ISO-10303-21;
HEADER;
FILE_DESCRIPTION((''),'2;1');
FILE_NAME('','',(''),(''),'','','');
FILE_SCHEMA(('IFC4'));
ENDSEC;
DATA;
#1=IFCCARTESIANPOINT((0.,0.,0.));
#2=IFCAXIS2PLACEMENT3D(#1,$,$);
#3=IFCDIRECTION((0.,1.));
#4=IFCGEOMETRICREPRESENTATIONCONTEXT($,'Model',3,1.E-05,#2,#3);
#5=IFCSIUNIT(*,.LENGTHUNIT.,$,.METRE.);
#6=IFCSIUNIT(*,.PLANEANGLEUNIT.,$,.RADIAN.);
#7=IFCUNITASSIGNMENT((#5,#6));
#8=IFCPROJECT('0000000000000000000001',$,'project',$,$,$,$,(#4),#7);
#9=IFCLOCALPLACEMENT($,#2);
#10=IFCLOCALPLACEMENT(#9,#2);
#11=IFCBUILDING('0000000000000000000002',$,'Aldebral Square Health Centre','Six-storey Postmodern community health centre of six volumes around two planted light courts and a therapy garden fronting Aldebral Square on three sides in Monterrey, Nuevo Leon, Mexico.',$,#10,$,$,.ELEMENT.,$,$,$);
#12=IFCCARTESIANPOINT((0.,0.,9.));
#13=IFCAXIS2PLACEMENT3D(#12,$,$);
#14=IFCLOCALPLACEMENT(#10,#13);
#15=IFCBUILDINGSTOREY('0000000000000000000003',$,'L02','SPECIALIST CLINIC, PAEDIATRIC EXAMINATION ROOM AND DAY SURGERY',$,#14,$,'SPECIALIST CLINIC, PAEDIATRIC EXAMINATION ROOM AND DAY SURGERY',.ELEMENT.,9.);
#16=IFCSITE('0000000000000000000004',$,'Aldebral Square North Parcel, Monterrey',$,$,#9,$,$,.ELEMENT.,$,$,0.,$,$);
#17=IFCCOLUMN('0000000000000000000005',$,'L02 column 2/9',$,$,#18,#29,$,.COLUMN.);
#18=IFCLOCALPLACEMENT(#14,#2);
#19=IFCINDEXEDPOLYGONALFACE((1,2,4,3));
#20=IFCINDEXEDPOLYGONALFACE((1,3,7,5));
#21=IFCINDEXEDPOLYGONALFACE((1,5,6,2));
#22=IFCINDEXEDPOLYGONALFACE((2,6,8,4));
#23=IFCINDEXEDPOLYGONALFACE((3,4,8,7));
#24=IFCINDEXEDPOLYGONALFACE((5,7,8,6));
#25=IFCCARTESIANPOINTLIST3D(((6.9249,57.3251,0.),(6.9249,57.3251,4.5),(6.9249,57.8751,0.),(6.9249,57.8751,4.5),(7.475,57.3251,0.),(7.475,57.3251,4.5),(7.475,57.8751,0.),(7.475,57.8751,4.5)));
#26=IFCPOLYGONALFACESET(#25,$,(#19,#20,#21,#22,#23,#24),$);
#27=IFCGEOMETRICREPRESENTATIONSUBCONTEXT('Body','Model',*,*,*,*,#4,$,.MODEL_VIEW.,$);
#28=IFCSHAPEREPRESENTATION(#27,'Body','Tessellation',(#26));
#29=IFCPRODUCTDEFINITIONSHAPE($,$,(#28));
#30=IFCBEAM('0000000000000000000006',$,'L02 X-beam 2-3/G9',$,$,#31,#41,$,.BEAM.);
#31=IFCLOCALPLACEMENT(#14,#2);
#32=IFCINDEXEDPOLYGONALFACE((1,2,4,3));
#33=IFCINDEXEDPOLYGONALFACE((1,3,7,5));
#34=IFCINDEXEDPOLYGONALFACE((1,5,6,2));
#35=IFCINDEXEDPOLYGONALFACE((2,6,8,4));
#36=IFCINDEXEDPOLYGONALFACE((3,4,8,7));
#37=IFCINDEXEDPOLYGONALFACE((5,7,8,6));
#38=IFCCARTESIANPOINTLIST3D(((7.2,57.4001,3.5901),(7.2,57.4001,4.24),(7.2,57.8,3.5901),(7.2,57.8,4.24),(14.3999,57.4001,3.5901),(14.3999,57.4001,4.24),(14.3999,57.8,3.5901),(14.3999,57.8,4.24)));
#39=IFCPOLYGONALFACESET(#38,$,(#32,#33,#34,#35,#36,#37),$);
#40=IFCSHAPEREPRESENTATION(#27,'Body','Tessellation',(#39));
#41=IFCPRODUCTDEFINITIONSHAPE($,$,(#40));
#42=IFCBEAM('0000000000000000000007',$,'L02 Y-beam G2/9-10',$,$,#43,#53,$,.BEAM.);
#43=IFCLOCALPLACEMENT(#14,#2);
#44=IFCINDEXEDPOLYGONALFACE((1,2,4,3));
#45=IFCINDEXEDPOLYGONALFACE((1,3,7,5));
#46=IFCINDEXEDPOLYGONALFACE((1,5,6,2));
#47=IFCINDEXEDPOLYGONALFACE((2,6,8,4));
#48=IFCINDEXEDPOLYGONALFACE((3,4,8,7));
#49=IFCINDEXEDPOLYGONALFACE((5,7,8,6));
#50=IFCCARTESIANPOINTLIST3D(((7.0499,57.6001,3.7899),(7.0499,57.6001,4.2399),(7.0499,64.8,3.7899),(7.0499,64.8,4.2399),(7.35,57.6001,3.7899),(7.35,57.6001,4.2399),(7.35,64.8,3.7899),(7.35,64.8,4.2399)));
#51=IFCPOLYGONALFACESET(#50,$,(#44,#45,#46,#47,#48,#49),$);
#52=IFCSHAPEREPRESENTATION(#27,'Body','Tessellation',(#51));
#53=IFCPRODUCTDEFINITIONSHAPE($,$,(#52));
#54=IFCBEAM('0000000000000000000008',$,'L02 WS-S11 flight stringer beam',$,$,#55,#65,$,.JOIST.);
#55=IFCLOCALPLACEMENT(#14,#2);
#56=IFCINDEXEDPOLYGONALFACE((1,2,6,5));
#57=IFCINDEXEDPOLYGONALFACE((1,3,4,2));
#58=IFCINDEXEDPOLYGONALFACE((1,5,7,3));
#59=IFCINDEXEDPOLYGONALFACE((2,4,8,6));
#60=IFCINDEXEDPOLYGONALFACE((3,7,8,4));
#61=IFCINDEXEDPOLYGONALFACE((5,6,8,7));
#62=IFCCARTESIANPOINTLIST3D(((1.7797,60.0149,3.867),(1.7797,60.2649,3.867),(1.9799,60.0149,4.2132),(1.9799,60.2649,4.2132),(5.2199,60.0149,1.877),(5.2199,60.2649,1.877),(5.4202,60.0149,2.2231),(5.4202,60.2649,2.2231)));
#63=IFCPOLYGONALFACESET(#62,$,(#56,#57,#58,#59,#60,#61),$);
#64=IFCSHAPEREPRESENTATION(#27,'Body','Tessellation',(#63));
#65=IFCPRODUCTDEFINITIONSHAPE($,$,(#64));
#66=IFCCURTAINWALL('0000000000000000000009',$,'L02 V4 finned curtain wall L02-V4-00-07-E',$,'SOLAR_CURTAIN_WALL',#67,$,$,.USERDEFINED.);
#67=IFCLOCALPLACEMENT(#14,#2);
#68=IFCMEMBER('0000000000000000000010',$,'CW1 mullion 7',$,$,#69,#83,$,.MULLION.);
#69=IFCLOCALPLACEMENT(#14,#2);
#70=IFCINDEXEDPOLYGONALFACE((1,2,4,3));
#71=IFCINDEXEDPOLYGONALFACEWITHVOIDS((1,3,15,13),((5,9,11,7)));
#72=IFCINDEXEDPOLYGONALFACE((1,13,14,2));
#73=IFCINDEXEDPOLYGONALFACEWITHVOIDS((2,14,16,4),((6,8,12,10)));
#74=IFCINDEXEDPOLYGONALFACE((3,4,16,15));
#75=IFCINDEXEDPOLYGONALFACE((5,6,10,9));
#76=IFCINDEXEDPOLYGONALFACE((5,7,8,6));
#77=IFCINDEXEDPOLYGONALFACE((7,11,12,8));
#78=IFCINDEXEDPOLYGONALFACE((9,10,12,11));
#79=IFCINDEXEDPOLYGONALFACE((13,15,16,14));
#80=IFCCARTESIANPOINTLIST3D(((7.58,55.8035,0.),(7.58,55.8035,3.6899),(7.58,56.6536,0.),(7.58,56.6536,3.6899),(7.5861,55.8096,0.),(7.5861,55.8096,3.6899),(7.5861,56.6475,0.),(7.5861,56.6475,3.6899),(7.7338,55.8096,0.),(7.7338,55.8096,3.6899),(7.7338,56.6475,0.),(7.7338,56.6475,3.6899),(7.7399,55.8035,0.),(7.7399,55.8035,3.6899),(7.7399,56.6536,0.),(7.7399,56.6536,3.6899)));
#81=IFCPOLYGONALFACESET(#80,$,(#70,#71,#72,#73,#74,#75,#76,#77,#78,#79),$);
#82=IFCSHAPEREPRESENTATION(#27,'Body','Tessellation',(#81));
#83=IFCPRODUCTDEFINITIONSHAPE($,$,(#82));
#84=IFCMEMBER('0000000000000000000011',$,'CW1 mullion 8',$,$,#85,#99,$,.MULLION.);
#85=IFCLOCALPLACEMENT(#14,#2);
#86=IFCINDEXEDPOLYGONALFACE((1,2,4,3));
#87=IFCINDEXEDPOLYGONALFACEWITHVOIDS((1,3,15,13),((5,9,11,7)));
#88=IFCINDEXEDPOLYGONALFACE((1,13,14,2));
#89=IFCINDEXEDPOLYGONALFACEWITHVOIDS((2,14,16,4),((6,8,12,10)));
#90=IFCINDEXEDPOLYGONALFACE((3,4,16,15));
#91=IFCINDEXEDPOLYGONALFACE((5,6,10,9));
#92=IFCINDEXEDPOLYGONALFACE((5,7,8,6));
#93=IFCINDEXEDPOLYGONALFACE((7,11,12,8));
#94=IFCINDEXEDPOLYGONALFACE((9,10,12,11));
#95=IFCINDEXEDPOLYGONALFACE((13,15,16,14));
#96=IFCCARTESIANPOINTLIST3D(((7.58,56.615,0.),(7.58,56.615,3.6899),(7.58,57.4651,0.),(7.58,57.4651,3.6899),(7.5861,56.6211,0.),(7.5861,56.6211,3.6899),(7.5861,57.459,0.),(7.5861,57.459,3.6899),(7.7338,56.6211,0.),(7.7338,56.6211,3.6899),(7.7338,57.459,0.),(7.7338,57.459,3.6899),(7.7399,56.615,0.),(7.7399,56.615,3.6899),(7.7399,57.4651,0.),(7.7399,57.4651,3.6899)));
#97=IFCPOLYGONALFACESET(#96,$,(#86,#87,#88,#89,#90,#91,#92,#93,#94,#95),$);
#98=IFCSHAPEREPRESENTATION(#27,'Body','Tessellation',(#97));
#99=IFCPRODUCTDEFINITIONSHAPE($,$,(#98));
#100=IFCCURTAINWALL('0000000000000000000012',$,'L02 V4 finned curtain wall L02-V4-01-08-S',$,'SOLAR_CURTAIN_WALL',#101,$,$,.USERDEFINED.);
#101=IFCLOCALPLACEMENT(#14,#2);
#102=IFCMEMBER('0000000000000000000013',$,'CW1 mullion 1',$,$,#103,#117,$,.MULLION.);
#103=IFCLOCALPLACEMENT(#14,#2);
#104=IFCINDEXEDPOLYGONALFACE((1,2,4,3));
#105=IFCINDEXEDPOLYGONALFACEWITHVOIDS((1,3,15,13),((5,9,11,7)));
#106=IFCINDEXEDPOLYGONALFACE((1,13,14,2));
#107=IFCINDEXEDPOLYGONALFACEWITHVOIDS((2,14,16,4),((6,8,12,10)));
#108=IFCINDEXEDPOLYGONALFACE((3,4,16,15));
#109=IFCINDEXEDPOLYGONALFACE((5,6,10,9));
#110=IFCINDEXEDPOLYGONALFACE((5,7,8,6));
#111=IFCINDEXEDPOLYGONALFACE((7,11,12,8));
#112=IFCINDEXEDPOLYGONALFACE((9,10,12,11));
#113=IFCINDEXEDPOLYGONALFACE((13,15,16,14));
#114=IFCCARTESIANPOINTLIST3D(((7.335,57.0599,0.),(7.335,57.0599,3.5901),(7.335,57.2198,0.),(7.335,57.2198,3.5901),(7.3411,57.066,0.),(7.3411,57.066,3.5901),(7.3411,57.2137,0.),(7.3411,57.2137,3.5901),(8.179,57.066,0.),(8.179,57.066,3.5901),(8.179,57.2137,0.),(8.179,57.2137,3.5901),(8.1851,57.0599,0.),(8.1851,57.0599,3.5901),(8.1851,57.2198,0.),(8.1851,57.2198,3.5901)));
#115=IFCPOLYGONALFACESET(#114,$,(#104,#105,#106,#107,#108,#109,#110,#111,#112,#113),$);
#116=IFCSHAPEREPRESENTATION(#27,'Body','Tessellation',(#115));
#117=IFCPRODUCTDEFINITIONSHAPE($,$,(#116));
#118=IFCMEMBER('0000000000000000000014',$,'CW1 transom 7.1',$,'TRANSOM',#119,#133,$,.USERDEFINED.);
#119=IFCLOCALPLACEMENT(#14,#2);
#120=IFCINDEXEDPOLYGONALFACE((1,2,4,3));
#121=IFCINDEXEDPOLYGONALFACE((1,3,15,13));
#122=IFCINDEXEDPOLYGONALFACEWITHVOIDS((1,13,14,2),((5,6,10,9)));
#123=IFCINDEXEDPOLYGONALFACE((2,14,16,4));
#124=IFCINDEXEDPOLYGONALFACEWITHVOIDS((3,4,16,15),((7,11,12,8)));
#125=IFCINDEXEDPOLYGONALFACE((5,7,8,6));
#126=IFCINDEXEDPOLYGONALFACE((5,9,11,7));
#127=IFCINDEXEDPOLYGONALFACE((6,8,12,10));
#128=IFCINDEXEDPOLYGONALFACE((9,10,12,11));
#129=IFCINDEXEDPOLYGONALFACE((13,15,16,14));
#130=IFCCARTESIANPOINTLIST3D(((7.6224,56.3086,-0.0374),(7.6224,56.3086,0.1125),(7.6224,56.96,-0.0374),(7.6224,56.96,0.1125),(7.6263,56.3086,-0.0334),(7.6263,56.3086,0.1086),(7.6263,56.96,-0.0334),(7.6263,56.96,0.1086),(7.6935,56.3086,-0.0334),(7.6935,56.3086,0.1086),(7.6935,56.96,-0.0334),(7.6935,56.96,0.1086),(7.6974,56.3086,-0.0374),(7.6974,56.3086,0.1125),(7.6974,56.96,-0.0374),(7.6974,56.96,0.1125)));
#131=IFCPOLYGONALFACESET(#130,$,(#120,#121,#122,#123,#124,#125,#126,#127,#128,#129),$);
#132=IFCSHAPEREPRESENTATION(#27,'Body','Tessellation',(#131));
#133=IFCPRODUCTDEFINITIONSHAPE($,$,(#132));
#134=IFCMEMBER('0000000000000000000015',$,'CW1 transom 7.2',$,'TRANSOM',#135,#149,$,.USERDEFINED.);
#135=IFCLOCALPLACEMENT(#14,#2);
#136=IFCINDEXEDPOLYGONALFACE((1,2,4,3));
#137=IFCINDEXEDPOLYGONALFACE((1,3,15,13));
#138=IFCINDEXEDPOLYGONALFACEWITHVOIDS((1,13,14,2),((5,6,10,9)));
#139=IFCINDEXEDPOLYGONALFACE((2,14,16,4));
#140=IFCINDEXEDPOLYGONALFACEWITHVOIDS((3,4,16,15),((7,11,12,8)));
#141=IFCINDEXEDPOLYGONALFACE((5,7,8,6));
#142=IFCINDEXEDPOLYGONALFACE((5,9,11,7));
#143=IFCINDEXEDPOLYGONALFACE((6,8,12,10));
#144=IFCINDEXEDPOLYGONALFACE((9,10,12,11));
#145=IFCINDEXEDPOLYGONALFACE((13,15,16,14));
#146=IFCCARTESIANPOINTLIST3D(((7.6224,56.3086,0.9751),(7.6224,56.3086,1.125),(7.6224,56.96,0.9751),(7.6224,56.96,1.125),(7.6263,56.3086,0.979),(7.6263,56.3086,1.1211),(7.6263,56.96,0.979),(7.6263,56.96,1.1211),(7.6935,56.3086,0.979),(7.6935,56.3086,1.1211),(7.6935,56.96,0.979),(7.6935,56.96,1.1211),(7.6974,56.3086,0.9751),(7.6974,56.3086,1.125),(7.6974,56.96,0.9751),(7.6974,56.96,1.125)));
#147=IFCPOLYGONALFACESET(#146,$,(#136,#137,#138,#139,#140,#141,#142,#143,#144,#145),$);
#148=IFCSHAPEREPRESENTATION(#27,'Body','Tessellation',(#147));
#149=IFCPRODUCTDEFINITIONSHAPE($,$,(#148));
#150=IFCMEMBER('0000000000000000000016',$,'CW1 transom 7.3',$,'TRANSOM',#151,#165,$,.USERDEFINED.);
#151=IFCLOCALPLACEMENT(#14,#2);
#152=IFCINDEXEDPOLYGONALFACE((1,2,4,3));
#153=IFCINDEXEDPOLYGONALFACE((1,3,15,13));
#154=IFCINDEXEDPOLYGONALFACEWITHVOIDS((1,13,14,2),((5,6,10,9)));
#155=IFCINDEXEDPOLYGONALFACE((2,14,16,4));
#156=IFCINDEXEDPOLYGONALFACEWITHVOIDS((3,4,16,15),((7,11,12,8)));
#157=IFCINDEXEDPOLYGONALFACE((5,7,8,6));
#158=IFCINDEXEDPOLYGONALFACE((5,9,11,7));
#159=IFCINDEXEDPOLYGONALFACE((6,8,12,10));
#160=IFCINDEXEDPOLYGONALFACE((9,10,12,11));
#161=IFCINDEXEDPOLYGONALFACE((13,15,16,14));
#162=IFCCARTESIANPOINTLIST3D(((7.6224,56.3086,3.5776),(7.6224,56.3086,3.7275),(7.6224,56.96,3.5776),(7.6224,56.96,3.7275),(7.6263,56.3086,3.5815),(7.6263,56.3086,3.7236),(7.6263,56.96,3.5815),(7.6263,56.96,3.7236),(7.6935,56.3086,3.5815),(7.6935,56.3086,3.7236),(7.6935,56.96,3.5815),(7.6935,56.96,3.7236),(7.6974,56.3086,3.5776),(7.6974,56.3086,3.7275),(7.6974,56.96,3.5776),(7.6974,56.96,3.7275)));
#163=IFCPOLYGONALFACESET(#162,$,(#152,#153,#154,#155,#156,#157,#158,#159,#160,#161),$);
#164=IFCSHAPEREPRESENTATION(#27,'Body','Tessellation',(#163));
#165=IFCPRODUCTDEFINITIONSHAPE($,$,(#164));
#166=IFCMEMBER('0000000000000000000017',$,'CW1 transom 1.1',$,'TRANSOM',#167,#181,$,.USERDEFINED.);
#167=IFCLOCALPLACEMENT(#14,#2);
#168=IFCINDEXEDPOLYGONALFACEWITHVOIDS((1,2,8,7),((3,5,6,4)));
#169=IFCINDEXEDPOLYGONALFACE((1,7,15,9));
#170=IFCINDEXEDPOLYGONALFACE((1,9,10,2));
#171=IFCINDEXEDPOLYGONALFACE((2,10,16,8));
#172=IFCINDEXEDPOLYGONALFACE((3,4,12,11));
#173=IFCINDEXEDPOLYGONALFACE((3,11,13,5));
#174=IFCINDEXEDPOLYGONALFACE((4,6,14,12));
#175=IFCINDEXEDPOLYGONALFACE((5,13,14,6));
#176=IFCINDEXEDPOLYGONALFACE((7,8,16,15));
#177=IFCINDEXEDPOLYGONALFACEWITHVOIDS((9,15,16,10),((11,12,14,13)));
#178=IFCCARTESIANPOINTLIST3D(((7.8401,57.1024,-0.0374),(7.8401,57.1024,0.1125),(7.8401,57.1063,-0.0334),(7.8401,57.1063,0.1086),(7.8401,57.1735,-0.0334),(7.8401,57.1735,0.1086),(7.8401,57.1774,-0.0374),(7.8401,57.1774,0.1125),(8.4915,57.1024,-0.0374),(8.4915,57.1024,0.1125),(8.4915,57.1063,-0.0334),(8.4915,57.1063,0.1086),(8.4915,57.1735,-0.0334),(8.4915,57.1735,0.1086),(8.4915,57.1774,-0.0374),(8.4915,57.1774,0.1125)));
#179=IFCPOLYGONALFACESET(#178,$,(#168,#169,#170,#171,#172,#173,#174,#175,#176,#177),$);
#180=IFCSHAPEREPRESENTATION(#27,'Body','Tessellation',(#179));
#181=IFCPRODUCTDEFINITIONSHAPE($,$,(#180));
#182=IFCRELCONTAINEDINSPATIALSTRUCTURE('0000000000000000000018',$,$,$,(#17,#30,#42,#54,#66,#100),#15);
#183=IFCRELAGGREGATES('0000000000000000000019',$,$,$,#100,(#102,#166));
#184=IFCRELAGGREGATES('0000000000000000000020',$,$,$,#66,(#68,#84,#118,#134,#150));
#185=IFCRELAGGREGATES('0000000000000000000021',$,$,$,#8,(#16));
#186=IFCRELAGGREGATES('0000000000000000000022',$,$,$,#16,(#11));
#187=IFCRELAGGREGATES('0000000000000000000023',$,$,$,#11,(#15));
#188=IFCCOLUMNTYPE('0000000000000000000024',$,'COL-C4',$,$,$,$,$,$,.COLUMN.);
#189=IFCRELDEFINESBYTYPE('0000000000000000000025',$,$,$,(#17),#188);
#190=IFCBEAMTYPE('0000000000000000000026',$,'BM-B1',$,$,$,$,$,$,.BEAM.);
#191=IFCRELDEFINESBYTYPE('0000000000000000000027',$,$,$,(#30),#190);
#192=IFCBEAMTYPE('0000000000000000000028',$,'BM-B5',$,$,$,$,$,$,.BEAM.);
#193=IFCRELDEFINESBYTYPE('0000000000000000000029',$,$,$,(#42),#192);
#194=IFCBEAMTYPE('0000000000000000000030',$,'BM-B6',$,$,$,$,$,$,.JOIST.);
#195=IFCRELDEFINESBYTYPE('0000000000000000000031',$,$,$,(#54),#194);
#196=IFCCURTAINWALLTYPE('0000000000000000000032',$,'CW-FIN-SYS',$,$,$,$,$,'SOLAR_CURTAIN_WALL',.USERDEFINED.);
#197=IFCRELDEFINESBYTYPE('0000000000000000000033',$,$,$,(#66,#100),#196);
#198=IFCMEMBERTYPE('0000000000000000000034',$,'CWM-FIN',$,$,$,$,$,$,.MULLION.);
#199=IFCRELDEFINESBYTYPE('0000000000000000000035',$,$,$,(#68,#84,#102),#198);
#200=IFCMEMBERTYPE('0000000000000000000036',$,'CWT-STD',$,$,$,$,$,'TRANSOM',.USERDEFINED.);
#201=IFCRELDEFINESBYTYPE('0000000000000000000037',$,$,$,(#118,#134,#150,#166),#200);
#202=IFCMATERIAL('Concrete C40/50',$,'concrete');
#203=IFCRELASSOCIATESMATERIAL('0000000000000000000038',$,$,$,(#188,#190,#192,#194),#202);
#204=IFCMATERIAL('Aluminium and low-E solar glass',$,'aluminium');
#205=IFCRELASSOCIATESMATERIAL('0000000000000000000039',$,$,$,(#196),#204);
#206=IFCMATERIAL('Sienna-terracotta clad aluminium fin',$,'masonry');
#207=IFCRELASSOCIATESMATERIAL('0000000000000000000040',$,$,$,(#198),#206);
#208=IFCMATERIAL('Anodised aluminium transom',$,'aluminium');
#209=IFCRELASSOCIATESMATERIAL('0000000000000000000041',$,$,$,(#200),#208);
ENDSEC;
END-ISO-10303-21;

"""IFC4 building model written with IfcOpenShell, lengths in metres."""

from ifc_helpers import new_model, si_unit, direction, frame, origin, origin_2d, place, context, subcontext, project, spatial, rectangle, hollow_rectangle, extrude, material, material_profile, profile_set, type_object, element, aggregate, save


model = new_model("IFC4")

# Units and contexts
model_context = context("Model", 3, precision=1e-05, world=origin(), true_north=direction((0.0, 1.0)))
body_context = subcontext(model_context, "Body", "Model", "MODEL_VIEW")
ifc_project = project(units=[si_unit("LENGTHUNIT", "METRE"), si_unit("PLANEANGLEUNIT", "RADIAN")], contexts=[model_context])

# Site, building, storey
site_placement = place(None, origin())
site = spatial("IfcSite", under=ifc_project, at=site_placement, Name="Aldebral Square North Parcel, Monterrey", CompositionType="ELEMENT", RefElevation=0.0)
building_placement = place(site_placement, origin())
building = spatial("IfcBuilding", under=site, at=building_placement, Name="Aldebral Square Health Centre", Description="Six-storey Postmodern community health centre of six volumes around two planted light courts and a therapy garden fronting Aldebral Square on three sides in Monterrey, Nuevo Leon, Mexico.", CompositionType="ELEMENT")
storey_placement = place(building_placement, frame((0.0, 0.0, 9.0)))
storey = spatial("IfcBuildingStorey", under=building, at=storey_placement, Name="L02", Description="SPECIALIST CLINIC, PAEDIATRIC EXAMINATION ROOM AND DAY SURGERY", LongName="SPECIALIST CLINIC, PAEDIATRIC EXAMINATION ROOM AND DAY SURGERY", CompositionType="ELEMENT", Elevation=9.0)

# Column
ifc_material_1 = material(Name="Concrete C40/50", Category="concrete")
ifc_material_profile_1 = material_profile(ifc_material_1, rectangle(XDim=0.55, YDim=0.55, at=origin_2d()), Name="RC 550x550")
ifc_profile_set_1 = profile_set([ifc_material_profile_1], Name="Concrete C40/50")
column_type = type_object("IfcColumnType", Name="COL-C4", PredefinedType="COLUMN", material=ifc_profile_set_1)
column_placement = place(storey_placement, frame((7.2, 57.6001, 0.0), z_axis=(0.0, 0.0, 1.0), x_axis=(1.0, 0.0, 0.0)))
element("IfcColumn", 1, at=column_placement, inside=storey, type_object=column_type, Name="L02 column 2/9", PredefinedType="COLUMN", context=body_context, shape_type="SweptSolid", body=[
    extrude(rectangle(XDim=0.55, YDim=0.55, at=origin_2d()), origin(), (0.0, 0.0, 1.0), 4.5),
])

# Beams
ifc_material_profile_2 = material_profile(ifc_material_1, rectangle(XDim=0.3999, YDim=0.6499, at=origin_2d()), Name="RC 400x650")
ifc_profile_set_2 = profile_set([ifc_material_profile_2], Name="Concrete C40/50")
beam_type_1 = type_object("IfcBeamType", Name="BM-B1", PredefinedType="BEAM", material=ifc_profile_set_2)
beam_1_placement = place(storey_placement, frame((7.2, 57.6001, 3.915), z_axis=(1.0, 0.0, 0.0), x_axis=(0.0, 1.0, 0.0)))
element("IfcBeam", 2, at=beam_1_placement, inside=storey, type_object=beam_type_1, Name="L02 X-beam 2-3/G9", PredefinedType="BEAM", context=body_context, shape_type="SweptSolid", body=[
    extrude(rectangle(XDim=0.3999, YDim=0.6499, at=origin_2d()), origin(), (0.0, 0.0, 1.0), 7.2),
])
ifc_material_profile_3 = material_profile(ifc_material_1, rectangle(XDim=0.3, YDim=0.45, at=origin_2d()), Name="RC 300x450")
ifc_profile_set_3 = profile_set([ifc_material_profile_3], Name="Concrete C40/50")
beam_type_2 = type_object("IfcBeamType", Name="BM-B5", PredefinedType="BEAM", material=ifc_profile_set_3)
beam_2_placement = place(storey_placement, frame((7.2, 57.6001, 4.0149), z_axis=(0.0, 1.0, 0.0), x_axis=(-1.0, 0.0, 0.0)))
element("IfcBeam", 3, at=beam_2_placement, inside=storey, type_object=beam_type_2, Name="L02 Y-beam G2/9-10", PredefinedType="BEAM", context=body_context, shape_type="SweptSolid", body=[
    extrude(rectangle(XDim=0.3, YDim=0.45, at=origin_2d()), origin(), (0.0, 0.0, 1.0), 7.2),
])
ifc_material_profile_4 = material_profile(ifc_material_1, rectangle(XDim=0.25, YDim=0.3999, at=origin_2d()), Name="RC 250x400")
ifc_profile_set_4 = profile_set([ifc_material_profile_4], Name="Concrete C40/50")
beam_type_3 = type_object("IfcBeamType", Name="BM-B6", PredefinedType="JOIST", material=ifc_profile_set_4)
beam_3_placement = place(storey_placement, frame((5.3201, 60.1399, 2.05), z_axis=(-0.865611, 0.0, 0.500717), x_axis=(0.0, -1.0, 0.0)))
element("IfcBeam", 4, at=beam_3_placement, inside=storey, type_object=beam_type_3, Name="L02 WS-S11 flight stringer beam", PredefinedType="JOIST", context=body_context, shape_type="SweptSolid", body=[
    extrude(rectangle(XDim=0.25, YDim=0.3999, at=origin_2d()), origin(), (0.0, 0.0, 1.0), 3.9744),
])

# Curtain wall, members
ifc_material_2 = material(Name="Aluminium and low-E solar glass", Category="aluminium")
curtain_wall_type = type_object("IfcCurtainWallType", Name="CW-FIN-SYS", ElementType="SOLAR_CURTAIN_WALL", PredefinedType="USERDEFINED", material=ifc_material_2)
curtain_wall_1_placement = place(storey_placement, origin())
curtain_wall_1 = element("IfcCurtainWall", 5, at=curtain_wall_1_placement, inside=storey, type_object=curtain_wall_type, Name="L02 V4 finned curtain wall L02-V4-00-07-E", ObjectType="SOLAR_CURTAIN_WALL", PredefinedType="USERDEFINED")
ifc_material_3 = material(Name="Sienna-terracotta clad aluminium fin", Category="masonry")
ifc_material_profile_5 = material_profile(ifc_material_3, hollow_rectangle(XDim=0.1599, YDim=0.8501, WallThickness=0.0061, at=origin_2d()), Name="FIN 160x850x6")
ifc_profile_set_5 = profile_set([ifc_material_profile_5], Name="Sienna-terracotta clad aluminium fin")
member_type_1 = type_object("IfcMemberType", Name="CWM-FIN", PredefinedType="MULLION", material=ifc_profile_set_5)
member_1_placement = place(storey_placement, frame((7.6599, 56.2285, 0.0), z_axis=(0.0, 0.0, 1.0), x_axis=(-1.0, 0.0, 0.0)))
member_1 = element("IfcMember", 6, at=member_1_placement, type_object=member_type_1, Name="CW1 mullion 7", PredefinedType="MULLION", context=body_context, shape_type="SweptSolid", body=[
    extrude(hollow_rectangle(XDim=0.1599, YDim=0.8501, WallThickness=0.0061, at=origin_2d()), origin(), (0.0, 0.0, 1.0), 3.6899),
])
member_2_placement = place(storey_placement, frame((7.6599, 57.04, 0.0), z_axis=(0.0, 0.0, 1.0), x_axis=(-1.0, 0.0, 0.0)))
member_2 = element("IfcMember", 7, at=member_2_placement, type_object=member_type_1, Name="CW1 mullion 8", PredefinedType="MULLION", context=body_context, shape_type="SweptSolid", body=[
    extrude(hollow_rectangle(XDim=0.1599, YDim=0.8501, WallThickness=0.0061, at=origin_2d()), origin(), (0.0, 0.0, 1.0), 3.6899),
])

# Curtain wall, member
curtain_wall_2_placement = place(storey_placement, origin())
curtain_wall_2 = element("IfcCurtainWall", 8, at=curtain_wall_2_placement, inside=storey, type_object=curtain_wall_type, Name="L02 V4 finned curtain wall L02-V4-01-08-S", ObjectType="SOLAR_CURTAIN_WALL", PredefinedType="USERDEFINED")
member_3_placement = place(storey_placement, frame((7.76, 57.1399, 0.0), z_axis=(0.0, 0.0, 1.0), x_axis=(0.0, 1.0, 0.0)))
member_3 = element("IfcMember", 9, at=member_3_placement, type_object=member_type_1, Name="CW1 mullion 1", PredefinedType="MULLION", context=body_context, shape_type="SweptSolid", body=[
    extrude(hollow_rectangle(XDim=0.1599, YDim=0.8501, WallThickness=0.0061, at=origin_2d()), origin(), (0.0, 0.0, 1.0), 3.5901),
])

# Members
ifc_material_4 = material(Name="Anodised aluminium transom", Category="aluminium")
ifc_material_profile_6 = material_profile(ifc_material_4, hollow_rectangle(XDim=0.075, YDim=0.1499, WallThickness=0.0039, at=origin_2d()), Name="CWT 75x150x4")
ifc_profile_set_6 = profile_set([ifc_material_profile_6], Name="Anodised aluminium transom")
member_type_2 = type_object("IfcMemberType", Name="CWT-STD", ElementType="TRANSOM", PredefinedType="USERDEFINED", material=ifc_profile_set_6)
member_4_placement = place(storey_placement, frame((7.6599, 56.3086, 0.0376), z_axis=(0.0, 1.0, 0.0), x_axis=(-1.0, 0.0, 0.0)))
member_4 = element("IfcMember", 10, at=member_4_placement, type_object=member_type_2, Name="CW1 transom 7.1", ObjectType="TRANSOM", PredefinedType="USERDEFINED", context=body_context, shape_type="SweptSolid", body=[
    extrude(hollow_rectangle(XDim=0.075, YDim=0.1499, WallThickness=0.0039, at=origin_2d()), origin(), (0.0, 0.0, 1.0), 0.6514),
])
member_5_placement = place(storey_placement, frame((7.6599, 56.3086, 1.05), z_axis=(0.0, 1.0, 0.0), x_axis=(-1.0, 0.0, 0.0)))
member_5 = element("IfcMember", 11, at=member_5_placement, type_object=member_type_2, Name="CW1 transom 7.2", ObjectType="TRANSOM", PredefinedType="USERDEFINED", context=body_context, shape_type="SweptSolid", body=[
    extrude(hollow_rectangle(XDim=0.075, YDim=0.1499, WallThickness=0.0039, at=origin_2d()), origin(), (0.0, 0.0, 1.0), 0.6514),
])
member_6_placement = place(storey_placement, frame((7.6599, 56.3086, 3.6526), z_axis=(0.0, 1.0, 0.0), x_axis=(-1.0, 0.0, 0.0)))
member_6 = element("IfcMember", 12, at=member_6_placement, type_object=member_type_2, Name="CW1 transom 7.3", ObjectType="TRANSOM", PredefinedType="USERDEFINED", context=body_context, shape_type="SweptSolid", body=[
    extrude(hollow_rectangle(XDim=0.075, YDim=0.1499, WallThickness=0.0039, at=origin_2d()), origin(), (0.0, 0.0, 1.0), 0.6514),
])
member_7_placement = place(storey_placement, frame((7.8401, 57.1399, 0.0376), z_axis=(1.0, 0.0, 0.0), x_axis=(0.0, 1.0, 0.0)))
member_7 = element("IfcMember", 13, at=member_7_placement, type_object=member_type_2, Name="CW1 transom 1.1", ObjectType="TRANSOM", PredefinedType="USERDEFINED", context=body_context, shape_type="SweptSolid", body=[
    extrude(hollow_rectangle(XDim=0.075, YDim=0.1499, WallThickness=0.0039, at=origin_2d()), origin(), (0.0, 0.0, 1.0), 0.6514),
])
aggregate(curtain_wall_2, [member_3, member_7])

aggregate(curtain_wall_1, [member_1, member_2, member_4, member_5, member_6])

save(model, "model.ifc")
